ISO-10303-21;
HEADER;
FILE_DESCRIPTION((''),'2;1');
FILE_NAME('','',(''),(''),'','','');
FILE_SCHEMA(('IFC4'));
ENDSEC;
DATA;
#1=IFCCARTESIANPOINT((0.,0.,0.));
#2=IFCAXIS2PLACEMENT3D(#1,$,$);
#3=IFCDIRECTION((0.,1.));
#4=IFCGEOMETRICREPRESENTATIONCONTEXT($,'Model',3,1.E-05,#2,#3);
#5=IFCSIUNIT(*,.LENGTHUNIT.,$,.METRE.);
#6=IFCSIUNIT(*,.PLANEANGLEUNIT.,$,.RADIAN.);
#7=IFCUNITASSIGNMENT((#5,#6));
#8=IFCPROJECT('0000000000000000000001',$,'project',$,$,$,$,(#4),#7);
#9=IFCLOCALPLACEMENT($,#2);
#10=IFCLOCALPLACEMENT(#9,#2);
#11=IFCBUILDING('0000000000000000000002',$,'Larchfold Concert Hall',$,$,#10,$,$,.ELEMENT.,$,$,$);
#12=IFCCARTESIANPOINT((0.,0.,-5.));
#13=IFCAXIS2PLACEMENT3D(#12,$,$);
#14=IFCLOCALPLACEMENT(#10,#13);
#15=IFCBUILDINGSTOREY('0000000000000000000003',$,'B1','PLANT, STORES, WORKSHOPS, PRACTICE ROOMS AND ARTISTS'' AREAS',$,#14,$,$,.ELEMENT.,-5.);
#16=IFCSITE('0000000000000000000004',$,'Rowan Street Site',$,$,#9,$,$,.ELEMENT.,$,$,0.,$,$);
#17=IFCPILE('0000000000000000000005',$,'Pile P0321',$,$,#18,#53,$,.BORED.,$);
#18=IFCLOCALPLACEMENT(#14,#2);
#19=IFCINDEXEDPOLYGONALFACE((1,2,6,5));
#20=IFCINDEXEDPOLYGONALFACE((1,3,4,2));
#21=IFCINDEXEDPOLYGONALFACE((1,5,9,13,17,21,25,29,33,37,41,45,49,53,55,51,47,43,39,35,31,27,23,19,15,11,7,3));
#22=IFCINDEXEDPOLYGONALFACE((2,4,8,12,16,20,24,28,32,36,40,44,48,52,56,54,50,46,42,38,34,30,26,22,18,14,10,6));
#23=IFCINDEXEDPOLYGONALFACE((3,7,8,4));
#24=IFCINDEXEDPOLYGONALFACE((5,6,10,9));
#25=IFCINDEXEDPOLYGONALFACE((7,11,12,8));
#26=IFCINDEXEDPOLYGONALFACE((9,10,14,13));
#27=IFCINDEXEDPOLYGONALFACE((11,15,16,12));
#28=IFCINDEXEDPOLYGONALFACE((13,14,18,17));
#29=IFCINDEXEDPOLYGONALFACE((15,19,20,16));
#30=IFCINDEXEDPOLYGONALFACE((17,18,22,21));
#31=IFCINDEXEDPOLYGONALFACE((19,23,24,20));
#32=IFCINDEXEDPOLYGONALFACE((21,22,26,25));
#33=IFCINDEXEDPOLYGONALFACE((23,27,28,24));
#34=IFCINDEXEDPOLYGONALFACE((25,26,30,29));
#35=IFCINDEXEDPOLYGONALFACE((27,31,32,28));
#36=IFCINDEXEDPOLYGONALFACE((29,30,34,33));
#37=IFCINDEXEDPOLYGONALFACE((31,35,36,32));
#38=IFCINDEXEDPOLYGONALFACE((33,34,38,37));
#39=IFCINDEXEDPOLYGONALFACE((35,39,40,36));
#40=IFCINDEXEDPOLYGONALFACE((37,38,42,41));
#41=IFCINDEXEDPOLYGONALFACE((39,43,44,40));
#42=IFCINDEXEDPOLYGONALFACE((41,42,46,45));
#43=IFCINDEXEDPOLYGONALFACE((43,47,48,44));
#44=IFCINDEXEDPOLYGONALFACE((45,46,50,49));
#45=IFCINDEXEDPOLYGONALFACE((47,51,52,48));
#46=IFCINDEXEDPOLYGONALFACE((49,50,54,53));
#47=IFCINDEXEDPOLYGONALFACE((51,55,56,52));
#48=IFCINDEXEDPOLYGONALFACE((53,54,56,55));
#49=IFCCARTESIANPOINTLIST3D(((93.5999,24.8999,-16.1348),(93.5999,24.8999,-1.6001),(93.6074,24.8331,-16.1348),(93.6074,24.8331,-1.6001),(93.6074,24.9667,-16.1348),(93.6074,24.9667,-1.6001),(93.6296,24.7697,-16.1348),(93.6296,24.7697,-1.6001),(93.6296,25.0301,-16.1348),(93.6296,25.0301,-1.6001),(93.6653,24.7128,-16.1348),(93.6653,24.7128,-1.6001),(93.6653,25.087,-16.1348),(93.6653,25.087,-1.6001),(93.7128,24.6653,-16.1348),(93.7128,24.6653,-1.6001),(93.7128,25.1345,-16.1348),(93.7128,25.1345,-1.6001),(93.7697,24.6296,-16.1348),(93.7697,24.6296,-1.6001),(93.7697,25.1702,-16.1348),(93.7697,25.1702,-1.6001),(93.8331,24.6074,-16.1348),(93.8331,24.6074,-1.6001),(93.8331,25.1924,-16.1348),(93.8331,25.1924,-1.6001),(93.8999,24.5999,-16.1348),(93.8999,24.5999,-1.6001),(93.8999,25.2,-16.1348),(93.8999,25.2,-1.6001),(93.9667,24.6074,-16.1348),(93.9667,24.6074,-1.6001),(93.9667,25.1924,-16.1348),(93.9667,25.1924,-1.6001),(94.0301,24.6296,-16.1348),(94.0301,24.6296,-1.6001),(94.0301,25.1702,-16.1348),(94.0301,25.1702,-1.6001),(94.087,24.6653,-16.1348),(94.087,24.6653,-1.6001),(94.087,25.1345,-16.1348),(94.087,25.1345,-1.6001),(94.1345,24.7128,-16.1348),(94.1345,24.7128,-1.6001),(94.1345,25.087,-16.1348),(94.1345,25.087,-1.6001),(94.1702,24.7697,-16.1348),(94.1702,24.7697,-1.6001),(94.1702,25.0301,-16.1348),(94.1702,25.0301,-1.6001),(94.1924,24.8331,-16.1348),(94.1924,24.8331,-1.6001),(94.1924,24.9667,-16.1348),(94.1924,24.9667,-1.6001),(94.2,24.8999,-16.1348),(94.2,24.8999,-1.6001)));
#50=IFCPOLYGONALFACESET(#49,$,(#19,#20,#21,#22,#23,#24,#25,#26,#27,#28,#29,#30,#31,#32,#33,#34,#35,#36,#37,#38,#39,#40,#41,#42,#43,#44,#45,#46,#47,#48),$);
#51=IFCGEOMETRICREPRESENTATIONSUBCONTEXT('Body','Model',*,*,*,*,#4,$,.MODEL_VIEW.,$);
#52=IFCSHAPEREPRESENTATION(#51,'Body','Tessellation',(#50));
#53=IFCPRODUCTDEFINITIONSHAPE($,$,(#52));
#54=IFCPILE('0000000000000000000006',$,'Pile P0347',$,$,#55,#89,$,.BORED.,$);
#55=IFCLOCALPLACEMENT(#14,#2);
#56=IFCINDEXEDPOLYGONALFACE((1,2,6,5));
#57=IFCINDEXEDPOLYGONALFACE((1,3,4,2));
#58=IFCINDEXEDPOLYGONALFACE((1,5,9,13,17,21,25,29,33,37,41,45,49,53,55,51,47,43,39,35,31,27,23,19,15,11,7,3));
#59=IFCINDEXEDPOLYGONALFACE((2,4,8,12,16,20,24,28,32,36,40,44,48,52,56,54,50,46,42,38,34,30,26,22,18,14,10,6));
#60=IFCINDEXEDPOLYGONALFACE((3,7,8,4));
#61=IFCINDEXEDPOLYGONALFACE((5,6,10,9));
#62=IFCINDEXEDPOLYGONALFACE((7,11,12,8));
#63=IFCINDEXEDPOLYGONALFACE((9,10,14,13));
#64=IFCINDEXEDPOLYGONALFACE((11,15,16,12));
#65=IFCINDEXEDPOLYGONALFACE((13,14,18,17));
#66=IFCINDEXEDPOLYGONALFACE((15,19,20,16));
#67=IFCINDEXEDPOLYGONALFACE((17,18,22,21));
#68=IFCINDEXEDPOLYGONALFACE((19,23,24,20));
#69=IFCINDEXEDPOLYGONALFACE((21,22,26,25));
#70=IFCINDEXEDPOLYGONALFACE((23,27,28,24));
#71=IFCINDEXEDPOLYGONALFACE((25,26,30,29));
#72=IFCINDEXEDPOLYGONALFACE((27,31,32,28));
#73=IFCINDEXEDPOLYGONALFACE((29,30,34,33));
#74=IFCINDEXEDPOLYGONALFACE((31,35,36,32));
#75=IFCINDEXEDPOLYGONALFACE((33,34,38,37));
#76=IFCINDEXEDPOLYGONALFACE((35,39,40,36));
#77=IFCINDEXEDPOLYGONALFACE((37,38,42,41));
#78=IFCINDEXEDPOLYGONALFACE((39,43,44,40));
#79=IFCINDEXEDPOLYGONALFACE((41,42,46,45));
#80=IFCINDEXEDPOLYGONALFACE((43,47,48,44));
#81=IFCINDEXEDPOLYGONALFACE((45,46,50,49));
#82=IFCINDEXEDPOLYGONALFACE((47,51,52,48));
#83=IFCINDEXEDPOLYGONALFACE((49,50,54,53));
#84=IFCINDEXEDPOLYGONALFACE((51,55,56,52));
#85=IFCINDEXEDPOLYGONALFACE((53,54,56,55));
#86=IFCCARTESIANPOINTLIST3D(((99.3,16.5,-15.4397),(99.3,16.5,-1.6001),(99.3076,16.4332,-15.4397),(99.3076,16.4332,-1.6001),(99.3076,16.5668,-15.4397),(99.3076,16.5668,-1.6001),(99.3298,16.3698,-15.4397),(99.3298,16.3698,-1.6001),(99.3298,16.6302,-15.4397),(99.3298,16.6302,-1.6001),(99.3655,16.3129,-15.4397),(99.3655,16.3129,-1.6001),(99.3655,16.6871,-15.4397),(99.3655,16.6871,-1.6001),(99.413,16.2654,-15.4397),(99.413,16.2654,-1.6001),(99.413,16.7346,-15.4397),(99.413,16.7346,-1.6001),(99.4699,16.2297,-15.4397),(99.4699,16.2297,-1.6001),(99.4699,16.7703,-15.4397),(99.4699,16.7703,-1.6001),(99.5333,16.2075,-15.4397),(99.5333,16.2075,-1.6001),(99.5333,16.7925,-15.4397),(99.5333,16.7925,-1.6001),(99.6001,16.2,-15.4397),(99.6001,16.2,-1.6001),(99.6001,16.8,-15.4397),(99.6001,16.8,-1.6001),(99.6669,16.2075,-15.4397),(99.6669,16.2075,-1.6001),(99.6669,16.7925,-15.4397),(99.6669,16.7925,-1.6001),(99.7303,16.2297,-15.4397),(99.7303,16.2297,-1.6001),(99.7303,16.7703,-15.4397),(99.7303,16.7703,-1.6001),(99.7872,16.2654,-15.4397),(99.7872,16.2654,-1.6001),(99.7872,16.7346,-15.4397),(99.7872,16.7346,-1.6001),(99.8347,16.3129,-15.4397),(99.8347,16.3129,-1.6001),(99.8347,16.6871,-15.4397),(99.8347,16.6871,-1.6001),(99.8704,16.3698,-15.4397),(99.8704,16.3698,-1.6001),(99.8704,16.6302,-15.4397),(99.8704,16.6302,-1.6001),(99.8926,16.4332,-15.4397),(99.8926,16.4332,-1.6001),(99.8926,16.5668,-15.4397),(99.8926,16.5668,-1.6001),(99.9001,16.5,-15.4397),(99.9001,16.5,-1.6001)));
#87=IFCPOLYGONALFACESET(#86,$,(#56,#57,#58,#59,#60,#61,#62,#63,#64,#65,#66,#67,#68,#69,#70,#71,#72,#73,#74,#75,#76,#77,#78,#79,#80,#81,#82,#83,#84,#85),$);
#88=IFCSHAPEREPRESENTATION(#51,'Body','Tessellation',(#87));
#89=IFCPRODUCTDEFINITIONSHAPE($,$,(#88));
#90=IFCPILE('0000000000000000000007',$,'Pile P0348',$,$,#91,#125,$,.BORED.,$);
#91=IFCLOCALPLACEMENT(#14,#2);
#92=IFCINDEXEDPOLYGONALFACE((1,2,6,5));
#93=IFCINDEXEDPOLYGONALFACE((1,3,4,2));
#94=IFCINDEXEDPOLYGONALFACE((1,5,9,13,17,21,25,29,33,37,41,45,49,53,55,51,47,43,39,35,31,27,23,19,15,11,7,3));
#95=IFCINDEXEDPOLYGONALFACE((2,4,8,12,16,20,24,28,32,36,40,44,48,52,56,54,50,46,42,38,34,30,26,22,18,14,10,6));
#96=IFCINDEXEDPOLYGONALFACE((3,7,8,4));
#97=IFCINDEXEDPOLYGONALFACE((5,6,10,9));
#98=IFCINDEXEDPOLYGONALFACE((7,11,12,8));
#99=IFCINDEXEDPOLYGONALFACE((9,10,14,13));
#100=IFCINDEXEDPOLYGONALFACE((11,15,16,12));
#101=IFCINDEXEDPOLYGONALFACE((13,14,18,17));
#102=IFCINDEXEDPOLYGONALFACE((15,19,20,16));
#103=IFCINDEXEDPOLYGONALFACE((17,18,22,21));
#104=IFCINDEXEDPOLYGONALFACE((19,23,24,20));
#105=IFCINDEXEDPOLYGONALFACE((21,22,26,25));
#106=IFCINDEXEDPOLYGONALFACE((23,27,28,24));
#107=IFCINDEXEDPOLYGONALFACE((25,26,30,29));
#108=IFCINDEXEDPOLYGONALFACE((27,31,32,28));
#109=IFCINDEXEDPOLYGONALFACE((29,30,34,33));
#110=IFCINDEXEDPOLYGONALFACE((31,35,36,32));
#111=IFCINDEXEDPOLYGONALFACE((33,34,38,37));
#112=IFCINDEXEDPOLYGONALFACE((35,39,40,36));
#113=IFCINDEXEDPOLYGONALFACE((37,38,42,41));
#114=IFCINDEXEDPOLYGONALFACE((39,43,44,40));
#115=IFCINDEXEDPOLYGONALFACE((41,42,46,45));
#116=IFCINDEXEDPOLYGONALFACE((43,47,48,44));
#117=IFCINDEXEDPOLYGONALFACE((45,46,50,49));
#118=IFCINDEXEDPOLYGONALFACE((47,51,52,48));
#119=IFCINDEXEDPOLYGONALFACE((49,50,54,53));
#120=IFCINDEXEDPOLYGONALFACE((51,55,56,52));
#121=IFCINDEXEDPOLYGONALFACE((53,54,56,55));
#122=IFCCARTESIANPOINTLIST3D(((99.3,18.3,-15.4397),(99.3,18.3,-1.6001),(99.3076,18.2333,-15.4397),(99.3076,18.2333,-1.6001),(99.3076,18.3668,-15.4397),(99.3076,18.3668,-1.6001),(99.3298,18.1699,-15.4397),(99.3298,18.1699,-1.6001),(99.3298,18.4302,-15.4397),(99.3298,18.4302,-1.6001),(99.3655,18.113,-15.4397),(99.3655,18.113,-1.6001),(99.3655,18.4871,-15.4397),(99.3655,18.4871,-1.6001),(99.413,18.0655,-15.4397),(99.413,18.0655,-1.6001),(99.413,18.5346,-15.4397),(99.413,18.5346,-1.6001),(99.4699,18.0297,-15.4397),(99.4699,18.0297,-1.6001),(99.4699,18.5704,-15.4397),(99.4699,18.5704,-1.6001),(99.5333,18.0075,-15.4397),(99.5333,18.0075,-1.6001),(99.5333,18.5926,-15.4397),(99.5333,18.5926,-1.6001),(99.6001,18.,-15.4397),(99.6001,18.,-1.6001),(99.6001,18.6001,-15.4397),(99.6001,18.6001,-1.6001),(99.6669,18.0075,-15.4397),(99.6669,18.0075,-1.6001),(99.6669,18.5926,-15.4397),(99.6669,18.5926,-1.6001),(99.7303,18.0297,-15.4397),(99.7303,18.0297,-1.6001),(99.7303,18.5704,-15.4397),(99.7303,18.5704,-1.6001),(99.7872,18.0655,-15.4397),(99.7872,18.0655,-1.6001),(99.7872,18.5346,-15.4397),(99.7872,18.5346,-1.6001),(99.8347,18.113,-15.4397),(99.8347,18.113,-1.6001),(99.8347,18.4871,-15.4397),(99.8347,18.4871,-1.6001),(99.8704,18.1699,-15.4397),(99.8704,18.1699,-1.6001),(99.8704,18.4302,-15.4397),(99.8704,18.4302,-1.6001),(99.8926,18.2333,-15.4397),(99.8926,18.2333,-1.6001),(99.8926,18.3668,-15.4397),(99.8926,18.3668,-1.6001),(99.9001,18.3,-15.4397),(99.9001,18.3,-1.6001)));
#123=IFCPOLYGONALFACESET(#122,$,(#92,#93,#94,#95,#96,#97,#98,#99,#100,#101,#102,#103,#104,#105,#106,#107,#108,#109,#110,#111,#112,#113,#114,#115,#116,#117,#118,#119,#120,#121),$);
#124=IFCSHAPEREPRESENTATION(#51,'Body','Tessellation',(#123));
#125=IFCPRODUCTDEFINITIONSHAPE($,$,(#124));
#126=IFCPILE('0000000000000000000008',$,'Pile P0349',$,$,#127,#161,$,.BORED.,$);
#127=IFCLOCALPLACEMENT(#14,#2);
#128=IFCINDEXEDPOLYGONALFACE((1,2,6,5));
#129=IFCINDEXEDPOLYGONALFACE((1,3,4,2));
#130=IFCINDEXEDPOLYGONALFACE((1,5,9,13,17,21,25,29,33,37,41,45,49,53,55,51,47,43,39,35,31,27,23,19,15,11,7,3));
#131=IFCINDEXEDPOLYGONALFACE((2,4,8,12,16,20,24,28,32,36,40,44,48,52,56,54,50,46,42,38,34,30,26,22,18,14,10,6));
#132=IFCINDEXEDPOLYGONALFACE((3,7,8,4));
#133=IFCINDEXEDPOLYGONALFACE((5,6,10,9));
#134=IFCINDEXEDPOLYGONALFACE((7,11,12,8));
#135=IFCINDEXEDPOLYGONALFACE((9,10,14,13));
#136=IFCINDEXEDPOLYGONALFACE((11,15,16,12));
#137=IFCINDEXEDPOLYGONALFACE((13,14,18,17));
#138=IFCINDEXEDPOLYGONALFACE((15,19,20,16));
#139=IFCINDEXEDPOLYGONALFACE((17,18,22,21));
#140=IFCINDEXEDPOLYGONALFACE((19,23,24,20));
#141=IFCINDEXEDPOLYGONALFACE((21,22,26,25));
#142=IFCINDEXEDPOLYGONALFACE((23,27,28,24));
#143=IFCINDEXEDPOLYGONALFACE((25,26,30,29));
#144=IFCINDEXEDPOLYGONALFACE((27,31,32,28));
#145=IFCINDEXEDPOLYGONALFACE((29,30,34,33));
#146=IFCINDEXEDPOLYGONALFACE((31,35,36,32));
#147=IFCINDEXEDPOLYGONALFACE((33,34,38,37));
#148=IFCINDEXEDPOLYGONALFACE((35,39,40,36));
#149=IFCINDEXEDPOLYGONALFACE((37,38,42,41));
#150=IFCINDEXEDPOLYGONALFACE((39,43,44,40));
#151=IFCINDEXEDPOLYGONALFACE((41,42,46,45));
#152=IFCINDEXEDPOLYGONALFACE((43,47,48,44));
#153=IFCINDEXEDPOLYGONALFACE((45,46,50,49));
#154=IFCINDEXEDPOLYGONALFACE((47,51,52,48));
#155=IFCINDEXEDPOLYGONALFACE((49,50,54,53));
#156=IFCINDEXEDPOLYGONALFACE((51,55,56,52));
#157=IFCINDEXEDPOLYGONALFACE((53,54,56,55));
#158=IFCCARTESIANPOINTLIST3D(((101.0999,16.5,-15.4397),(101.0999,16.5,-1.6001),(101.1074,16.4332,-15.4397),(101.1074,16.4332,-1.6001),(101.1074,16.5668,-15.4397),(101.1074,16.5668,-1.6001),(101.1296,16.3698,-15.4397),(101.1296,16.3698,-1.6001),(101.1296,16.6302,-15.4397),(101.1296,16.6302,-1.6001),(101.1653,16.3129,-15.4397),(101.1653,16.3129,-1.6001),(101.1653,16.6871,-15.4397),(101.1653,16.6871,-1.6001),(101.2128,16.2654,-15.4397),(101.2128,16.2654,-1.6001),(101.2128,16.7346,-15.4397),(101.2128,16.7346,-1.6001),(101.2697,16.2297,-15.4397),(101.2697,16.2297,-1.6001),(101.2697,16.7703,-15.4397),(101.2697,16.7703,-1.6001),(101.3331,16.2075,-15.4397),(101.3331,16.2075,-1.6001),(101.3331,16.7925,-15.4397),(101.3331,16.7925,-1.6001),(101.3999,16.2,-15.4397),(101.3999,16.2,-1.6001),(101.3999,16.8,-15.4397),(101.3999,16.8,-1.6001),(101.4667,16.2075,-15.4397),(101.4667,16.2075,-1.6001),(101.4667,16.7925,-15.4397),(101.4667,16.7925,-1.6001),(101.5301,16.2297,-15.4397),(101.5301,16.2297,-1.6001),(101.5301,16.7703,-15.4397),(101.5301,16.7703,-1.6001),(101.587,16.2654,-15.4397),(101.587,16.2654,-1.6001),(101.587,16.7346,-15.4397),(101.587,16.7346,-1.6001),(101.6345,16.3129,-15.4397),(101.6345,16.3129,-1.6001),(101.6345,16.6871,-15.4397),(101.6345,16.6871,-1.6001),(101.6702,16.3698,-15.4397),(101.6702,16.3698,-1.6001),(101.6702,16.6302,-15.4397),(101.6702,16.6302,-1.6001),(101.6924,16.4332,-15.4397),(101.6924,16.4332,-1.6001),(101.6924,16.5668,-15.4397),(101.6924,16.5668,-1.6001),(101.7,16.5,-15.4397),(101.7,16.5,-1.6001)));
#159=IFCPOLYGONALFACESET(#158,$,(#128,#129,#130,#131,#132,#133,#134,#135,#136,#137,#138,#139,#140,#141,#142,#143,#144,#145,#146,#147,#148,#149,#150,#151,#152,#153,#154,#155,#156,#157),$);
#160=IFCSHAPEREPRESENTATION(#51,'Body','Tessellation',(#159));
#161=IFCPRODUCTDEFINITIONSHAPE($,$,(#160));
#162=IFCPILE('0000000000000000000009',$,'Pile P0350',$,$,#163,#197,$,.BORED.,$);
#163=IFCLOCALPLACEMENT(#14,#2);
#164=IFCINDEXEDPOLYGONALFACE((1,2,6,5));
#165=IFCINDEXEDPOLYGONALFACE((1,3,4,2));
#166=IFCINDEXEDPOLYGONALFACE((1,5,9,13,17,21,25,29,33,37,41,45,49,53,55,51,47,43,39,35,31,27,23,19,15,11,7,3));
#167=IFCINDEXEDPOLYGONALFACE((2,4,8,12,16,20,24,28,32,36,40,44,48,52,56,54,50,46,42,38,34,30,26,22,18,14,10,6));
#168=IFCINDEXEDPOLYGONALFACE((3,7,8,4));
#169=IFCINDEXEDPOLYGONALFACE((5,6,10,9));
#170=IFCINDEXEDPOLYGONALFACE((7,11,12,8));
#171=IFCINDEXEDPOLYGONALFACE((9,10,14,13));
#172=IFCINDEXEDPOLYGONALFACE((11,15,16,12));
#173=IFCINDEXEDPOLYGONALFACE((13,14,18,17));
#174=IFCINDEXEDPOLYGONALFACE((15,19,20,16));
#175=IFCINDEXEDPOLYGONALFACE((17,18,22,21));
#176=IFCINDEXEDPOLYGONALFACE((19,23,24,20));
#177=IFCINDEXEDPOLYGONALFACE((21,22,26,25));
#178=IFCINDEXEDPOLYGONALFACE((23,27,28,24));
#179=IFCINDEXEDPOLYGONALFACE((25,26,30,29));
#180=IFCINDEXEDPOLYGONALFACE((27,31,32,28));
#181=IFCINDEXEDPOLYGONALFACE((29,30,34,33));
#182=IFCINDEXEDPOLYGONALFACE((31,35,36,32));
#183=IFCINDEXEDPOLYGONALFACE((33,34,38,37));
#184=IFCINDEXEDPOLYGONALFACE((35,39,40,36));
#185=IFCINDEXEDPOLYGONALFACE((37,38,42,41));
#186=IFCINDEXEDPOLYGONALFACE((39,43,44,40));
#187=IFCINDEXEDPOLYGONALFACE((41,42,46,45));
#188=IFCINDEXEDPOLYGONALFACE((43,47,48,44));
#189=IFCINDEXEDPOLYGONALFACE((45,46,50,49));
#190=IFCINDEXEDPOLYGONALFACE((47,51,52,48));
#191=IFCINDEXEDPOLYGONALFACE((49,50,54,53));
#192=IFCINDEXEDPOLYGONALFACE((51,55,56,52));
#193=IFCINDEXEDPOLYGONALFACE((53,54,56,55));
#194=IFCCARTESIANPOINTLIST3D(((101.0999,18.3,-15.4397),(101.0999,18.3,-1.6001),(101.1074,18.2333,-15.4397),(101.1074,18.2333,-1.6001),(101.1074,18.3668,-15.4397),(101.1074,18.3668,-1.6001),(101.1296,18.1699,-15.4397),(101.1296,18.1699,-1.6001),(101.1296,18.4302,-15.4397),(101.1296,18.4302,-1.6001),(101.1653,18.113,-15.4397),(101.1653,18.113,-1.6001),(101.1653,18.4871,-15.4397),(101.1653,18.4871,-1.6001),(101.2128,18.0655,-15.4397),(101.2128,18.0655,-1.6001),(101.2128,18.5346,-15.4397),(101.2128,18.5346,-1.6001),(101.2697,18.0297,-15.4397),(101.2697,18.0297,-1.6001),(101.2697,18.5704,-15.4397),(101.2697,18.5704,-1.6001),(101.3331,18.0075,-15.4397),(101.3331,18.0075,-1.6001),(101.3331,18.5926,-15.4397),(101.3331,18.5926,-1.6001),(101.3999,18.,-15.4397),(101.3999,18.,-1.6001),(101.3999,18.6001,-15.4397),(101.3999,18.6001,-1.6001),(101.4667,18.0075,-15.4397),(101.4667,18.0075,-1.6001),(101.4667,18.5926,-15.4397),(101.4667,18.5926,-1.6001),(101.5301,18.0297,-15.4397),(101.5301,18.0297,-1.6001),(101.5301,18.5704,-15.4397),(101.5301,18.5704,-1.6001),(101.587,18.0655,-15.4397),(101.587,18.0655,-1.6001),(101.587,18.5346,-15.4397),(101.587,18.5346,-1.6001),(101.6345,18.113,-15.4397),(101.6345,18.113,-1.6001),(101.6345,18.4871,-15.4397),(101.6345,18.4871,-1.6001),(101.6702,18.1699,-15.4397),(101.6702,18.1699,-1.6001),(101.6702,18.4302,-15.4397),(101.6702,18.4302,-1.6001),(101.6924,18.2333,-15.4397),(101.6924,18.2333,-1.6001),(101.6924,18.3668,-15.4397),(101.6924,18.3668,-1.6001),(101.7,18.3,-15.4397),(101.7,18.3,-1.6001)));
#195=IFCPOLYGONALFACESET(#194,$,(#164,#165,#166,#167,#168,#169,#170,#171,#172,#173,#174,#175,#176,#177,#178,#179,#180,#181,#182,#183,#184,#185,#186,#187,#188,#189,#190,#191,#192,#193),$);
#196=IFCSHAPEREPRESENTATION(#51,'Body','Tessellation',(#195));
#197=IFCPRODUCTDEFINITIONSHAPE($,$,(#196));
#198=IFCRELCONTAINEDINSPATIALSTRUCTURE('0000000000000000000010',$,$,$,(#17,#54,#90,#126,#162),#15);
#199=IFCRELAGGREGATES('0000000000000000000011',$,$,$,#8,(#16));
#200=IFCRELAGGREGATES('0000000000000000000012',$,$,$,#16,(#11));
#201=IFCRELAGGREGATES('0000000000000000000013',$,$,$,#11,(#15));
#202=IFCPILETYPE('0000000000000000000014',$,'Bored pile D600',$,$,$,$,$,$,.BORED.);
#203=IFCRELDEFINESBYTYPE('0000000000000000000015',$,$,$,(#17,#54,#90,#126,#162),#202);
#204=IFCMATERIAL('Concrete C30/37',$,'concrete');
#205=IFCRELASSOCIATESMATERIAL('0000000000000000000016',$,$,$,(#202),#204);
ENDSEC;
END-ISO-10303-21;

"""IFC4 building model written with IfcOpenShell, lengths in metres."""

from ifc_helpers import new_model, si_unit, direction, frame, origin, origin_2d, place, context, subcontext, project, spatial, circle, extrude, material, material_profile, profile_set, type_object, element, save


model = new_model("IFC4")

# Units and contexts
model_context = context("Model", 3, precision=1e-05, world=origin(), true_north=direction((0.0, 1.0)))
body_context = subcontext(model_context, "Body", "Model", "MODEL_VIEW")
ifc_project = project(units=[si_unit("LENGTHUNIT", "METRE"), si_unit("PLANEANGLEUNIT", "RADIAN")], contexts=[model_context])

# Site, building, storey
site_placement = place(None, origin())
site = spatial("IfcSite", under=ifc_project, at=site_placement, Name="Rowan Street Site", CompositionType="ELEMENT", RefElevation=0.0)
building_placement = place(site_placement, origin())
building = spatial("IfcBuilding", under=site, at=building_placement, Name="Larchfold Concert Hall", CompositionType="ELEMENT")
storey_placement = place(building_placement, frame((0.0, 0.0, -5.0)))
storey = spatial("IfcBuildingStorey", under=building, at=storey_placement, Name="B1", Description="PLANT, STORES, WORKSHOPS, PRACTICE ROOMS AND ARTISTS' AREAS", CompositionType="ELEMENT", Elevation=-5.0)

# Piles
ifc_material_1 = material(Name="Concrete C30/37", Category="concrete")
ifc_material_profile_1 = material_profile(ifc_material_1, circle(Radius=0.3, at=origin_2d()))
ifc_profile_set_1 = profile_set([ifc_material_profile_1], Name="Concrete C30/37")
pile_type = type_object("IfcPileType", Name="Bored pile D600", PredefinedType="BORED", material=ifc_profile_set_1)
for number, where, z_axis, x_axis, name in (
    (1, (93.8999, 24.8999, -1.6001), (0.0, 0.0, -1.0), (1.0, 0.0, 0.0), "Pile P0321"),
):
    element("IfcPile", number, at=place(storey_placement, frame(where, z_axis=z_axis, x_axis=x_axis)), inside=storey, type_object=pile_type, Name=name, PredefinedType="BORED", context=body_context, shape_type="SweptSolid", body=[
        extrude(circle(Radius=0.3, at=origin_2d()), origin(), (0.0, 0.0, 1.0), 14.5347),
    ])
for number, where, z_axis, x_axis, name in (
    (2, (99.6001, 16.5, -1.6001), (0.0, 0.0, -1.0), (1.0, 0.0, 0.0), "Pile P0347"),
    (3, (99.6001, 18.3, -1.6001), (0.0, 0.0, -1.0), (1.0, 0.0, 0.0), "Pile P0348"),
    (4, (101.3999, 16.5, -1.6001), (0.0, 0.0, -1.0), (1.0, 0.0, 0.0), "Pile P0349"),
    (5, (101.3999, 18.3, -1.6001), (0.0, 0.0, -1.0), (1.0, 0.0, 0.0), "Pile P0350"),
):
    element("IfcPile", number, at=place(storey_placement, frame(where, z_axis=z_axis, x_axis=x_axis)), inside=storey, type_object=pile_type, Name=name, PredefinedType="BORED", context=body_context, shape_type="SweptSolid", body=[
        extrude(circle(Radius=0.3, at=origin_2d()), origin(), (0.0, 0.0, 1.0), 13.8396),
    ])

save(model, "model.ifc")
